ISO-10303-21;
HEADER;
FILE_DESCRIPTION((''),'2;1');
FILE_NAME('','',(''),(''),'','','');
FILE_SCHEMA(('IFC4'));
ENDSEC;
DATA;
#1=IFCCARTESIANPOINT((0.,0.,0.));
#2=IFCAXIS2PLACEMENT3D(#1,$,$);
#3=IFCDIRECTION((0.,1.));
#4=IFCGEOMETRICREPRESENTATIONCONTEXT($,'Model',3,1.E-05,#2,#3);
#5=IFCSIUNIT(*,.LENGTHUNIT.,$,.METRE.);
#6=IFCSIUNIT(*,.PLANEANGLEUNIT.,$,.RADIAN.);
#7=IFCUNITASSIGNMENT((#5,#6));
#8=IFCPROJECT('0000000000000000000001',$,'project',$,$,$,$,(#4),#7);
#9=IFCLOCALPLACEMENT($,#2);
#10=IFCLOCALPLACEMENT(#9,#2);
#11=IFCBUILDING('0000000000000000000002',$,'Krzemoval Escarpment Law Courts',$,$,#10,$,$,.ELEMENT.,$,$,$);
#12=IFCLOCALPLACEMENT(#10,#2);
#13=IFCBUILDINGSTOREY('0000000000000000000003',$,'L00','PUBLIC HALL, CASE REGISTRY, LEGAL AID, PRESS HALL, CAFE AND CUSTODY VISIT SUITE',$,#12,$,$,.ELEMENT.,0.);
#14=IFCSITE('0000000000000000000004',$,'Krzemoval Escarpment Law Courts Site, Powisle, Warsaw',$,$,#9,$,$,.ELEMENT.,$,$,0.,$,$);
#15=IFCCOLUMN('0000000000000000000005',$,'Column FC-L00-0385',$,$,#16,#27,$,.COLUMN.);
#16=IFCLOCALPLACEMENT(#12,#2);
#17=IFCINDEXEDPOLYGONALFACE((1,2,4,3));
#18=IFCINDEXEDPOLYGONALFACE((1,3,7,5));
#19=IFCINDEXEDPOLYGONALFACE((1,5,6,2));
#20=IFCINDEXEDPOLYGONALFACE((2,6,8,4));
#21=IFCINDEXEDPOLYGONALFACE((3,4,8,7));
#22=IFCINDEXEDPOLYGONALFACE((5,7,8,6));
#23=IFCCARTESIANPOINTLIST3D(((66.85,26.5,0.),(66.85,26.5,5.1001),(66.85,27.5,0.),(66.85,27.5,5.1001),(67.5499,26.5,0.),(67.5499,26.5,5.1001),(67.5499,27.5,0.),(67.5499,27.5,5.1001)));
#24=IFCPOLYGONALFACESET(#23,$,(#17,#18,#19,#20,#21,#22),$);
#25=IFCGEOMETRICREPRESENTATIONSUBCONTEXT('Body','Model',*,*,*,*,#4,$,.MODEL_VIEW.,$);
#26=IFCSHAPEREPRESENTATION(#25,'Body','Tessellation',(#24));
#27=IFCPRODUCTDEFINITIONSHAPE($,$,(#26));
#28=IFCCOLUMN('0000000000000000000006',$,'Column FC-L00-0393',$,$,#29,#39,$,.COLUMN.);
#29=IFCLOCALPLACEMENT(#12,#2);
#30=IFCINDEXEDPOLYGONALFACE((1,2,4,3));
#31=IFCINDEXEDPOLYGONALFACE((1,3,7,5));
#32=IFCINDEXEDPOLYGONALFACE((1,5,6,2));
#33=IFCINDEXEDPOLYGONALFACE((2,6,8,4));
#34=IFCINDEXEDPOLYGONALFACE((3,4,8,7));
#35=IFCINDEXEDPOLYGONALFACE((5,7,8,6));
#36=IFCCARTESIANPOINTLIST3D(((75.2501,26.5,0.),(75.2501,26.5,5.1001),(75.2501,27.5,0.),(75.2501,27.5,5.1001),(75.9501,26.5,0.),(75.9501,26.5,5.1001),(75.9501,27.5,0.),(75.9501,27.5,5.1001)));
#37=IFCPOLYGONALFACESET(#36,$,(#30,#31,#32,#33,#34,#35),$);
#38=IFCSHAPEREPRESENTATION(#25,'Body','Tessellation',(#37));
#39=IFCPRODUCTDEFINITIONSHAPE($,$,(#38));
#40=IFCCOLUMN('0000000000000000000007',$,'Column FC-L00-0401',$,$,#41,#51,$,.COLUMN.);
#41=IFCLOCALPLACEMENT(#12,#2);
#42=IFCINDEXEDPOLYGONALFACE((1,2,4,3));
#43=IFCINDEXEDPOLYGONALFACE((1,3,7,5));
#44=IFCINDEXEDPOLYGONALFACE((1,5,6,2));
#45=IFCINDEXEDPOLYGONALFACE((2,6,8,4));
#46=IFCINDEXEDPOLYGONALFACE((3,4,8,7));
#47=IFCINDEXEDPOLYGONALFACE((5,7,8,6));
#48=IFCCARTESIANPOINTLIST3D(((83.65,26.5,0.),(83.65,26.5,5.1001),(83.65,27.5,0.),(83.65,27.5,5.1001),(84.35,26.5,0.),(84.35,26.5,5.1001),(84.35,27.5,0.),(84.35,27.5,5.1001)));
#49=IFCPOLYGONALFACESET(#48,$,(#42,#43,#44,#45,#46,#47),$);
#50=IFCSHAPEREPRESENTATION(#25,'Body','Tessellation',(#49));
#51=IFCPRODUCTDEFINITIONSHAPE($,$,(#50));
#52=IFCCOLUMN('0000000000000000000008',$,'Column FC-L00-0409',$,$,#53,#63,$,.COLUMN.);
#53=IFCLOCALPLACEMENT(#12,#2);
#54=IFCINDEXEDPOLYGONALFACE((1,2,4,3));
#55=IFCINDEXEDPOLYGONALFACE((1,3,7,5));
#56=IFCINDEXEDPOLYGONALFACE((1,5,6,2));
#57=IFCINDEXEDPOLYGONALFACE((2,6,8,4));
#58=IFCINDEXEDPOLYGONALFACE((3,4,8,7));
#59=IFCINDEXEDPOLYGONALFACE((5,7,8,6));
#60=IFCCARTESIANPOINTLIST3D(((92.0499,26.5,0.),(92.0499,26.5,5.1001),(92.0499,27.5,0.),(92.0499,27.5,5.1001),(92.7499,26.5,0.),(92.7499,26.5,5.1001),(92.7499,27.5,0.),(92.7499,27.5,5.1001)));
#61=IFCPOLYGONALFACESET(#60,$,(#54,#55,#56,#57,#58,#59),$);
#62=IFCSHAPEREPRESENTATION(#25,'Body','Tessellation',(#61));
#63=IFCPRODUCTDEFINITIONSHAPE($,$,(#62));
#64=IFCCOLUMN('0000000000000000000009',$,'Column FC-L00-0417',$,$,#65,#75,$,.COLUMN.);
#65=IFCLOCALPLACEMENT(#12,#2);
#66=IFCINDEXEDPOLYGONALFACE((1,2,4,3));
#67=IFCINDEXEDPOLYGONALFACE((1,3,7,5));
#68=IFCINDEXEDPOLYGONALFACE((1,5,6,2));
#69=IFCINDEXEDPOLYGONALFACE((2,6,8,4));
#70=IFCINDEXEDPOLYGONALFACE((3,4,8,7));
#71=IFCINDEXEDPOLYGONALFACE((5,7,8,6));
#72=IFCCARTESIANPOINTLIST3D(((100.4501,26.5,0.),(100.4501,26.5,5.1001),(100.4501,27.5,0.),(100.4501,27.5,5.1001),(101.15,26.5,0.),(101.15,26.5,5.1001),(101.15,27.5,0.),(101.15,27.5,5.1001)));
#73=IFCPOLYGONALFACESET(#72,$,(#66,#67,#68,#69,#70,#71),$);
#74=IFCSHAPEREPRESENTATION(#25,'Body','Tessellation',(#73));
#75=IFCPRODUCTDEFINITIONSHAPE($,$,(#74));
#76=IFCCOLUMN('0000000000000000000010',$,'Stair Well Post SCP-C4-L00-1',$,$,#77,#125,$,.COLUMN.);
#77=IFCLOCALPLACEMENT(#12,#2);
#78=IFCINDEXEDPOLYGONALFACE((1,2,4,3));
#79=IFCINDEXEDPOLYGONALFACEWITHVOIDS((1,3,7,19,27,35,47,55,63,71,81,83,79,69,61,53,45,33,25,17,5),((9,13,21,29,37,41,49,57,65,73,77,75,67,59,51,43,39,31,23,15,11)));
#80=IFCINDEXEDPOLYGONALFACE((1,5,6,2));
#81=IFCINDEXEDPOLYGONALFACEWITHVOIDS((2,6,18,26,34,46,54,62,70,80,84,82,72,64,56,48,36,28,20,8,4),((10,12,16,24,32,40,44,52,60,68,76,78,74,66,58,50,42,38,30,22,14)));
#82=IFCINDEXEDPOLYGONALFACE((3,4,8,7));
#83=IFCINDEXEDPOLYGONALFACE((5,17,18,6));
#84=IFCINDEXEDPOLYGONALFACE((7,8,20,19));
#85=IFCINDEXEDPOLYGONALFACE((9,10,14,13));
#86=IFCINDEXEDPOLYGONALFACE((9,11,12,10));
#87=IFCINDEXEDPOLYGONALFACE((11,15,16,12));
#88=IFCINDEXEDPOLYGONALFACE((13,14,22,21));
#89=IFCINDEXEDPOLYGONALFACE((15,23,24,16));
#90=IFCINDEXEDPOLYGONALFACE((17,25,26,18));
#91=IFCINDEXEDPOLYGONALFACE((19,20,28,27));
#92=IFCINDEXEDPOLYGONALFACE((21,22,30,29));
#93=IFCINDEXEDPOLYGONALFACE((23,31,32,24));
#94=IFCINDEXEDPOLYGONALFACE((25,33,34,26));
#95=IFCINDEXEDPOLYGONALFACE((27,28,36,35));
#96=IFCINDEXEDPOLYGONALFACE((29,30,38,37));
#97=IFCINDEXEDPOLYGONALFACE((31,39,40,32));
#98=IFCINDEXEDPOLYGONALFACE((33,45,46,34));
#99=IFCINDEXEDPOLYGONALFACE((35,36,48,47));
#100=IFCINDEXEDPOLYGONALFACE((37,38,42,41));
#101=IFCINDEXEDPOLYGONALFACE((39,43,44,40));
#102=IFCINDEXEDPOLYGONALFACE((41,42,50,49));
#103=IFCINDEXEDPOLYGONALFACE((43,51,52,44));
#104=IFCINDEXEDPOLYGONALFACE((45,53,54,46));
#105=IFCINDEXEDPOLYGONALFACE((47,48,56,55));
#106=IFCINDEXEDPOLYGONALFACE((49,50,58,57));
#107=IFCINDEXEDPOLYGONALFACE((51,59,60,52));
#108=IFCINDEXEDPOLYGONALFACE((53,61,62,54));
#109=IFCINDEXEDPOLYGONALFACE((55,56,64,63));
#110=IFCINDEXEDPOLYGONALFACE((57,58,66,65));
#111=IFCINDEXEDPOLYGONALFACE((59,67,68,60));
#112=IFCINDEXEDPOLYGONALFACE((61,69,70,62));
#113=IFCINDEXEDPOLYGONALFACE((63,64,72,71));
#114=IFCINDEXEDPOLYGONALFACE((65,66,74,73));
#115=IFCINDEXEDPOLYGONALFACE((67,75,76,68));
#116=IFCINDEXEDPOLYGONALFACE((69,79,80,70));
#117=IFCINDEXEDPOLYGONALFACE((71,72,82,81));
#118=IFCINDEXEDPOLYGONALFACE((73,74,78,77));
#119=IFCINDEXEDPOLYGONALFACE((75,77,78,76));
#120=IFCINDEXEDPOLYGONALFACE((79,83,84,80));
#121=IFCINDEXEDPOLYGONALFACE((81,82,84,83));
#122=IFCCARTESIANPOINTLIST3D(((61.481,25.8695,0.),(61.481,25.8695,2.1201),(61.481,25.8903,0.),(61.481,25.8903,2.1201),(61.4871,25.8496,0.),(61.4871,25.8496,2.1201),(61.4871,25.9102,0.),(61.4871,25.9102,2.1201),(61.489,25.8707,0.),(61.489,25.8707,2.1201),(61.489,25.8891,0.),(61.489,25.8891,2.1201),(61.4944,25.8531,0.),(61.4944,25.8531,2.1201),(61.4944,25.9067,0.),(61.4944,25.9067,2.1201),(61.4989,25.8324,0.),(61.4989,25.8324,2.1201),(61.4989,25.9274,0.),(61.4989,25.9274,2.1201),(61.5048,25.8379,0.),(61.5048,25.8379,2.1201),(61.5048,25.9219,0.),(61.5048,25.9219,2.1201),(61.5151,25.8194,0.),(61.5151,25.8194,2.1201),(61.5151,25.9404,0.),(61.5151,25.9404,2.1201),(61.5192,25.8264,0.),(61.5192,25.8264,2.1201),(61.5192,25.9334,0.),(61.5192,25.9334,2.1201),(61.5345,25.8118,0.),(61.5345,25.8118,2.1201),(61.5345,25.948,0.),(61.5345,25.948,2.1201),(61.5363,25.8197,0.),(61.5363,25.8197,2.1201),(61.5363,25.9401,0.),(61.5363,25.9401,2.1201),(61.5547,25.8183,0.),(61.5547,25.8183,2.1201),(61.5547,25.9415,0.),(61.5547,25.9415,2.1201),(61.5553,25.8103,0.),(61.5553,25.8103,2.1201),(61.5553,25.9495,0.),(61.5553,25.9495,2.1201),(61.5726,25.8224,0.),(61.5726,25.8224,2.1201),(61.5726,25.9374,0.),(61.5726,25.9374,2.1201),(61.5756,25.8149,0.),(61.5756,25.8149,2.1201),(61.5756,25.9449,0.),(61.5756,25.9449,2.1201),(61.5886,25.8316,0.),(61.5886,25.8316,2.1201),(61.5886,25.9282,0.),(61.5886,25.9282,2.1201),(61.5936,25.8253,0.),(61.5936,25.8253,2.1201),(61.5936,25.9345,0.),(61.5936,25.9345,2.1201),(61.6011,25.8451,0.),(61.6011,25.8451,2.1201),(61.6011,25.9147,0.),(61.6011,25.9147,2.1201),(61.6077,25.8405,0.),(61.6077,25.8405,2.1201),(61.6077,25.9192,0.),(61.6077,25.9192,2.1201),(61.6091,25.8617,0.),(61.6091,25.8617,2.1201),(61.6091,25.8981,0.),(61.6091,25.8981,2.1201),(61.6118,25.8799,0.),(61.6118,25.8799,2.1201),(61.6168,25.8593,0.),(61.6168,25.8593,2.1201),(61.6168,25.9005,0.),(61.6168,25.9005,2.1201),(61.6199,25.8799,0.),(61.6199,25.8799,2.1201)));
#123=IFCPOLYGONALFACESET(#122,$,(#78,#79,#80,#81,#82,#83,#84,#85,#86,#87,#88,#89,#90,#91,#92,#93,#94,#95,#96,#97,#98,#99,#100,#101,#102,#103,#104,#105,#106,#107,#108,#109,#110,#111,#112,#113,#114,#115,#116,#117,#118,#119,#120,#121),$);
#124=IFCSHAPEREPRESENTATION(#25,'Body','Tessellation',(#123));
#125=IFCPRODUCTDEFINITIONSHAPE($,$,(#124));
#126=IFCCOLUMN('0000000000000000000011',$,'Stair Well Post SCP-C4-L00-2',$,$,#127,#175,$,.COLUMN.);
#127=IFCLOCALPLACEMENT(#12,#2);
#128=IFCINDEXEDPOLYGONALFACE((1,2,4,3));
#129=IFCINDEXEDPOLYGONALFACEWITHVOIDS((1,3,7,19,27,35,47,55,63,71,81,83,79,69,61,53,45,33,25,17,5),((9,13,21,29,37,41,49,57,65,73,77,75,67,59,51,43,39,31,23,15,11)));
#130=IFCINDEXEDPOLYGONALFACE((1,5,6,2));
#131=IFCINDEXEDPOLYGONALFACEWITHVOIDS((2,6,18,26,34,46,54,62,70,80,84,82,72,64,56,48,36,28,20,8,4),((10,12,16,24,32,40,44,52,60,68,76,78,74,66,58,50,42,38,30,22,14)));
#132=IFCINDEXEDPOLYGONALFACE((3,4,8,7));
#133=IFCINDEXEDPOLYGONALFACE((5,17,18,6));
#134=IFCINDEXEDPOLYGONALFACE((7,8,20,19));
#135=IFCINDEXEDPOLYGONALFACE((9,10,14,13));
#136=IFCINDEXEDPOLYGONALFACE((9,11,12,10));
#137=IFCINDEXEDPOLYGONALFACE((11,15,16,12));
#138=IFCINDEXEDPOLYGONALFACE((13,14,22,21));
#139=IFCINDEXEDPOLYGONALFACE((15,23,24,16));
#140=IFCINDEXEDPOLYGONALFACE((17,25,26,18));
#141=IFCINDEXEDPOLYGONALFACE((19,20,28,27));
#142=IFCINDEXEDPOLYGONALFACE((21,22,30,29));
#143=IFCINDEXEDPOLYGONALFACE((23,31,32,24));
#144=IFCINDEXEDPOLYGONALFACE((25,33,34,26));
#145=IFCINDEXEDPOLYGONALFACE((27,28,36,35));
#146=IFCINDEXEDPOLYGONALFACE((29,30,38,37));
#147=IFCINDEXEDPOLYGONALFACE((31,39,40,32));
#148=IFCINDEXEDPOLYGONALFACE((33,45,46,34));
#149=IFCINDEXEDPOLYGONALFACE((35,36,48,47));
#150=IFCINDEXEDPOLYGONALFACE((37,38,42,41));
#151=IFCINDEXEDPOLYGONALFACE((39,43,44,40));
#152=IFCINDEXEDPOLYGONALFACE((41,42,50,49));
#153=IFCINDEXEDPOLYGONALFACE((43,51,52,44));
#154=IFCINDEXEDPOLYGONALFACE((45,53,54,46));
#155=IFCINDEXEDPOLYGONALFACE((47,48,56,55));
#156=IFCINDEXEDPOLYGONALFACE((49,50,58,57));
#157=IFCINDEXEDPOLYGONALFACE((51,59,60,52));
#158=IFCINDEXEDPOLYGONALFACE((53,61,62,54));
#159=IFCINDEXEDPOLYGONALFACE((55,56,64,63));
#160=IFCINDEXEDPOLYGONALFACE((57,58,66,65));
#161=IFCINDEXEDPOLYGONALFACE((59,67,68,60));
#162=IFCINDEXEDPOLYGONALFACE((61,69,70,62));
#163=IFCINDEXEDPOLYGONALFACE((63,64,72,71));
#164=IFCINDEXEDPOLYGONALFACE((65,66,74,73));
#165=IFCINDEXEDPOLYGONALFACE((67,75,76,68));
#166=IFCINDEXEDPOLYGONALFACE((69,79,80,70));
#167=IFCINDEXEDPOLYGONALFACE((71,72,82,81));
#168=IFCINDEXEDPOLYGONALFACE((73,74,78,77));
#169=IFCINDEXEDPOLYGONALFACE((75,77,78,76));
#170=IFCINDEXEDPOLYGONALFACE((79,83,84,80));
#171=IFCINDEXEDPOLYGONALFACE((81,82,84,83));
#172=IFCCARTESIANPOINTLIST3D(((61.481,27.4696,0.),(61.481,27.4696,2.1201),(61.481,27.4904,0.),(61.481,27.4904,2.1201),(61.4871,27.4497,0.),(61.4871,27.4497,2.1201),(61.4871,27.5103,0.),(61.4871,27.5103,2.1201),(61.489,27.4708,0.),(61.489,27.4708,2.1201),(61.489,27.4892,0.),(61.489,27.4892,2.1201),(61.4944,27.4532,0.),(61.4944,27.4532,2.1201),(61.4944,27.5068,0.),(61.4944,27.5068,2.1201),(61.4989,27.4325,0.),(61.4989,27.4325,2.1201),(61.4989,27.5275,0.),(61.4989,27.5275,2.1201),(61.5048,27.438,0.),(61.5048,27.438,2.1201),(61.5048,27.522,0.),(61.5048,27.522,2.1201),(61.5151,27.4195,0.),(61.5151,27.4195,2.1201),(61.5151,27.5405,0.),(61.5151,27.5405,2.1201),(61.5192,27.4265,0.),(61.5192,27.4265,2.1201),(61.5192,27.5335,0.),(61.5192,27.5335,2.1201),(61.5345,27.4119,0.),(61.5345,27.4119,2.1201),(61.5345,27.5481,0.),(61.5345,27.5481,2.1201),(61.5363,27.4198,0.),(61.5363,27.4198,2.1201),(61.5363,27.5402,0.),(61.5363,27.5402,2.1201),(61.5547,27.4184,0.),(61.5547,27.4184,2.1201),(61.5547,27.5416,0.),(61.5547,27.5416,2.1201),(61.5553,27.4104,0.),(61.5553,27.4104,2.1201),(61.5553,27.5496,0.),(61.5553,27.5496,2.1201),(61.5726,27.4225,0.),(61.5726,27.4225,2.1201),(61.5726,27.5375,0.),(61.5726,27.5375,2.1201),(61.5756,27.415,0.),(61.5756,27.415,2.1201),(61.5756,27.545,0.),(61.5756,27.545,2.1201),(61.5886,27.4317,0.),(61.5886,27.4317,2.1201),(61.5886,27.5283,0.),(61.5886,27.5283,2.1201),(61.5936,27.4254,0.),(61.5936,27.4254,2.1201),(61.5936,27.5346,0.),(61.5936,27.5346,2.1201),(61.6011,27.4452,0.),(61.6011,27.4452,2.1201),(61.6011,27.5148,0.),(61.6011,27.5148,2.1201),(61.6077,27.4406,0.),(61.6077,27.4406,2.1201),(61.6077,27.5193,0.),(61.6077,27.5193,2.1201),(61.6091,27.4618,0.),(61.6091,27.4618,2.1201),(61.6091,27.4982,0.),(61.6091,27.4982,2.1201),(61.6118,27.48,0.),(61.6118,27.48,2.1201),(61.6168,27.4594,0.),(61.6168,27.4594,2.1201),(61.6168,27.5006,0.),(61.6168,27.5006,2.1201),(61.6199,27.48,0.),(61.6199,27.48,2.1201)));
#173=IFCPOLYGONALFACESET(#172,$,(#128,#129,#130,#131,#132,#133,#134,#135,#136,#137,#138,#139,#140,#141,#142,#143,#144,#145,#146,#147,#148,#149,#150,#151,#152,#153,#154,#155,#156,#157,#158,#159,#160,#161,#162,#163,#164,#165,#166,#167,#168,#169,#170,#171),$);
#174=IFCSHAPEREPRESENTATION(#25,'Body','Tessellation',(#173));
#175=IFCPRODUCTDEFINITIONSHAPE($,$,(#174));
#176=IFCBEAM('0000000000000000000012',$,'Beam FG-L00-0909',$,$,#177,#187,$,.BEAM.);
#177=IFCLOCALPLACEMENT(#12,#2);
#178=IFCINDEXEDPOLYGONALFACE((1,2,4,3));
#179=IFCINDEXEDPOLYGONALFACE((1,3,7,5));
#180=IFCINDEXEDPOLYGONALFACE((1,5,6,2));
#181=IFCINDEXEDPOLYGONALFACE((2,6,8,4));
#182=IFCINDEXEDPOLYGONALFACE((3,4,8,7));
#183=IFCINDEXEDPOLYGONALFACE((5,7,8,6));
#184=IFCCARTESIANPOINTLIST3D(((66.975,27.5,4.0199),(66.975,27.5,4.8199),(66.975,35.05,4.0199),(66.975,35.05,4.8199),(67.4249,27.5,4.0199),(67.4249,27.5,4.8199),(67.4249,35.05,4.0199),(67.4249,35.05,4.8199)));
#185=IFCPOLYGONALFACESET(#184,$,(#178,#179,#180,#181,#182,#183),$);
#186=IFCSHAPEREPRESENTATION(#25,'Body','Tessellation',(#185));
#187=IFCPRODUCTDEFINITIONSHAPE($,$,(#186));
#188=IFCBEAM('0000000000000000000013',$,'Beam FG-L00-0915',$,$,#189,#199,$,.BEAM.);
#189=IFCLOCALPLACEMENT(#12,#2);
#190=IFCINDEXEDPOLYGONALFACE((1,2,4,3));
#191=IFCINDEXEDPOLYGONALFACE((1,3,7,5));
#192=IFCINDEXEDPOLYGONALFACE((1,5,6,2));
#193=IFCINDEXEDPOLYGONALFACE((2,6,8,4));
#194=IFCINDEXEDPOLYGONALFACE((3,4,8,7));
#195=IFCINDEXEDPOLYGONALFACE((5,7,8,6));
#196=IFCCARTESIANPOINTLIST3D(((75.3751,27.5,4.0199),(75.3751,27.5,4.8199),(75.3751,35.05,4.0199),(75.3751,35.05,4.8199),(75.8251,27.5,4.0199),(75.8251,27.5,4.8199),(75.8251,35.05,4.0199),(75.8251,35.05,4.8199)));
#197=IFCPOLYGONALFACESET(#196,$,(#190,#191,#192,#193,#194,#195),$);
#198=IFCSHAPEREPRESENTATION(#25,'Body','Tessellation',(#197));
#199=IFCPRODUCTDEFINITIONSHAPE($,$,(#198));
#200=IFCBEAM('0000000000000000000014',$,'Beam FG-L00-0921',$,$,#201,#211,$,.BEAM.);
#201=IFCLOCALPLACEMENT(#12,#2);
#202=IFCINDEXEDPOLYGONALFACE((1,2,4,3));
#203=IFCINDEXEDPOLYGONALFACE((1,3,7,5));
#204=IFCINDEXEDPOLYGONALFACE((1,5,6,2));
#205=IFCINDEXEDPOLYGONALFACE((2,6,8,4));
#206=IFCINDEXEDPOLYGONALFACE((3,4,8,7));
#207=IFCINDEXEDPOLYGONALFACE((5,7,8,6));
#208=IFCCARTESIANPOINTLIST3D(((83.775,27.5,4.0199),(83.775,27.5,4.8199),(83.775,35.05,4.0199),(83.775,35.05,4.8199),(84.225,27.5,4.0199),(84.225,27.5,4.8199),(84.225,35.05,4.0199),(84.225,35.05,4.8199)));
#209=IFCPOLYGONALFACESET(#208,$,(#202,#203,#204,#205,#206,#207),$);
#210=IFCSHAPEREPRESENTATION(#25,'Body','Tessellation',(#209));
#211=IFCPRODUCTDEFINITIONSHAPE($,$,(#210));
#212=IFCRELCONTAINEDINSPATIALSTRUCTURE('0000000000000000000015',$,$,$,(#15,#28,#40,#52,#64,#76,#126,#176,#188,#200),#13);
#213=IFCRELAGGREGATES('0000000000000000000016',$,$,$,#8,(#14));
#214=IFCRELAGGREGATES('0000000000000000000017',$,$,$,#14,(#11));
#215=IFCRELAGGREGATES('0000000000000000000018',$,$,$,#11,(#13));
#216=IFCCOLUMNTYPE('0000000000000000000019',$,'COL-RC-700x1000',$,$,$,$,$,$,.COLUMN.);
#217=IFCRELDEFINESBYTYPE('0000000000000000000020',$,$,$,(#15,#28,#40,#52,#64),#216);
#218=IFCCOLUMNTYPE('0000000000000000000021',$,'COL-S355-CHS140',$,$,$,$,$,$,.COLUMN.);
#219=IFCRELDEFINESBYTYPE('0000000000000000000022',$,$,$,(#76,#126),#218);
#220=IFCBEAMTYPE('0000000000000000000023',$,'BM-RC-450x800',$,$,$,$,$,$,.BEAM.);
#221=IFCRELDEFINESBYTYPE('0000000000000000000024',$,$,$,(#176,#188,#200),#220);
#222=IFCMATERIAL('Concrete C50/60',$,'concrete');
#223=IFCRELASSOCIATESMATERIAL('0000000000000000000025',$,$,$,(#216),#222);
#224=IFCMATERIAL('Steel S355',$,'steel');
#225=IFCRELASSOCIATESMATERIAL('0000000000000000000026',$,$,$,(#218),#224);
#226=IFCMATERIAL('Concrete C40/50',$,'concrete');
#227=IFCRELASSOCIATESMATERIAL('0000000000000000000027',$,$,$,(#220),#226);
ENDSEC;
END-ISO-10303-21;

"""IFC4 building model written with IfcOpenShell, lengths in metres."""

from ifc_helpers import new_model, si_unit, direction, frame, origin, origin_2d, place, context, subcontext, project, spatial, rectangle, hollow_circle, extrude, material, material_profile, profile_set, type_object, element, save


model = new_model("IFC4")

# Units and contexts
model_context = context("Model", 3, precision=1e-05, world=origin(), true_north=direction((0.0, 1.0)))
body_context = subcontext(model_context, "Body", "Model", "MODEL_VIEW")
ifc_project = project(units=[si_unit("LENGTHUNIT", "METRE"), si_unit("PLANEANGLEUNIT", "RADIAN")], contexts=[model_context])

# Site, building, storey
site_placement = place(None, origin())
site = spatial("IfcSite", under=ifc_project, at=site_placement, Name="Krzemoval Escarpment Law Courts Site, Powisle, Warsaw", CompositionType="ELEMENT", RefElevation=0.0)
building_placement = place(site_placement, origin())
building = spatial("IfcBuilding", under=site, at=building_placement, Name="Krzemoval Escarpment Law Courts", CompositionType="ELEMENT")
storey_placement = place(building_placement, origin())
storey = spatial("IfcBuildingStorey", under=building, at=storey_placement, Name="L00", Description="PUBLIC HALL, CASE REGISTRY, LEGAL AID, PRESS HALL, CAFE AND CUSTODY VISIT SUITE", CompositionType="ELEMENT", Elevation=0.0)

# Columns
ifc_material_1 = material(Name="Concrete C50/60", Category="concrete")
ifc_material_profile_1 = material_profile(ifc_material_1, rectangle(XDim=0.7, YDim=1.0, at=origin_2d()), Name="RC 700x1000")
ifc_profile_set_1 = profile_set([ifc_material_profile_1], Name="Concrete C50/60")
column_type_1 = type_object("IfcColumnType", Name="COL-RC-700x1000", PredefinedType="COLUMN", material=ifc_profile_set_1)
for number, where, z_axis, x_axis, name in (
    (1, (67.2, 27.0, 0.0), (0.0, 0.0, 1.0), (1.0, 0.0, 0.0), "Column FC-L00-0385"),
    (2, (75.6001, 27.0, 0.0), (0.0, 0.0, 1.0), (1.0, 0.0, 0.0), "Column FC-L00-0393"),
    (3, (84.0, 27.0, 0.0), (0.0, 0.0, 1.0), (1.0, 0.0, 0.0), "Column FC-L00-0401"),
    (4, (92.3999, 27.0, 0.0), (0.0, 0.0, 1.0), (1.0, 0.0, 0.0), "Column FC-L00-0409"),
    (5, (100.8, 27.0, 0.0), (0.0, 0.0, 1.0), (1.0, 0.0, 0.0), "Column FC-L00-0417"),
):
    element("IfcColumn", number, at=place(storey_placement, frame(where, z_axis=z_axis, x_axis=x_axis)), inside=storey, type_object=column_type_1, Name=name, PredefinedType="COLUMN", context=body_context, shape_type="SweptSolid", body=[
        extrude(rectangle(XDim=0.7, YDim=1.0, at=origin_2d()), origin(), (0.0, 0.0, 1.0), 5.1001),
    ])
ifc_material_2 = material(Name="Steel S355", Category="steel")
ifc_material_profile_2 = material_profile(ifc_material_2, hollow_circle(Radius=0.0698, WallThickness=0.0081, at=origin_2d()), Name="CHS 139.7x8")
ifc_profile_set_2 = profile_set([ifc_material_profile_2], Name="Steel S355")
column_type_2 = type_object("IfcColumnType", Name="COL-S355-CHS140", PredefinedType="COLUMN", material=ifc_profile_set_2)
for number, where, z_axis, x_axis, name in (
    (6, (61.55, 25.8799, 0.0), (0.0, 0.0, 1.0), (1.0, 0.0, 0.0), "Stair Well Post SCP-C4-L00-1"),
    (7, (61.55, 27.48, 0.0), (0.0, 0.0, 1.0), (1.0, 0.0, 0.0), "Stair Well Post SCP-C4-L00-2"),
):
    element("IfcColumn", number, at=place(storey_placement, frame(where, z_axis=z_axis, x_axis=x_axis)), inside=storey, type_object=column_type_2, Name=name, PredefinedType="COLUMN", context=body_context, shape_type="SweptSolid", body=[
        extrude(hollow_circle(Radius=0.0698, WallThickness=0.0081, at=origin_2d()), origin(), (0.0, 0.0, 1.0), 2.1201),
    ])

# Beams
ifc_material_3 = material(Name="Concrete C40/50", Category="concrete")
ifc_material_profile_3 = material_profile(ifc_material_3, rectangle(XDim=0.45, YDim=0.8, at=origin_2d()), Name="RCB 450x800")
ifc_profile_set_3 = profile_set([ifc_material_profile_3], Name="Concrete C40/50")
beam_type_1 = type_object("IfcBeamType", Name="BM-RC-450x800", PredefinedType="BEAM", material=ifc_profile_set_3)
for number, where, z_axis, x_axis, name in (
    (8, (67.2, 27.5, 4.4199), (0.0, 1.0, 0.0), (-1.0, 0.0, 0.0), "Beam FG-L00-0909"),
    (9, (75.6001, 27.5, 4.4199), (0.0, 1.0, 0.0), (-1.0, 0.0, 0.0), "Beam FG-L00-0915"),
    (10, (84.0, 27.5, 4.4199), (0.0, 1.0, 0.0), (-1.0, 0.0, 0.0), "Beam FG-L00-0921"),
):
    element("IfcBeam", number, at=place(storey_placement, frame(where, z_axis=z_axis, x_axis=x_axis)), inside=storey, type_object=beam_type_1, Name=name, PredefinedType="BEAM", context=body_context, shape_type="SweptSolid", body=[
        extrude(rectangle(XDim=0.45, YDim=0.8, at=origin_2d()), origin(), (0.0, 0.0, 1.0), 7.55),
    ])

save(model, "model.ifc")
